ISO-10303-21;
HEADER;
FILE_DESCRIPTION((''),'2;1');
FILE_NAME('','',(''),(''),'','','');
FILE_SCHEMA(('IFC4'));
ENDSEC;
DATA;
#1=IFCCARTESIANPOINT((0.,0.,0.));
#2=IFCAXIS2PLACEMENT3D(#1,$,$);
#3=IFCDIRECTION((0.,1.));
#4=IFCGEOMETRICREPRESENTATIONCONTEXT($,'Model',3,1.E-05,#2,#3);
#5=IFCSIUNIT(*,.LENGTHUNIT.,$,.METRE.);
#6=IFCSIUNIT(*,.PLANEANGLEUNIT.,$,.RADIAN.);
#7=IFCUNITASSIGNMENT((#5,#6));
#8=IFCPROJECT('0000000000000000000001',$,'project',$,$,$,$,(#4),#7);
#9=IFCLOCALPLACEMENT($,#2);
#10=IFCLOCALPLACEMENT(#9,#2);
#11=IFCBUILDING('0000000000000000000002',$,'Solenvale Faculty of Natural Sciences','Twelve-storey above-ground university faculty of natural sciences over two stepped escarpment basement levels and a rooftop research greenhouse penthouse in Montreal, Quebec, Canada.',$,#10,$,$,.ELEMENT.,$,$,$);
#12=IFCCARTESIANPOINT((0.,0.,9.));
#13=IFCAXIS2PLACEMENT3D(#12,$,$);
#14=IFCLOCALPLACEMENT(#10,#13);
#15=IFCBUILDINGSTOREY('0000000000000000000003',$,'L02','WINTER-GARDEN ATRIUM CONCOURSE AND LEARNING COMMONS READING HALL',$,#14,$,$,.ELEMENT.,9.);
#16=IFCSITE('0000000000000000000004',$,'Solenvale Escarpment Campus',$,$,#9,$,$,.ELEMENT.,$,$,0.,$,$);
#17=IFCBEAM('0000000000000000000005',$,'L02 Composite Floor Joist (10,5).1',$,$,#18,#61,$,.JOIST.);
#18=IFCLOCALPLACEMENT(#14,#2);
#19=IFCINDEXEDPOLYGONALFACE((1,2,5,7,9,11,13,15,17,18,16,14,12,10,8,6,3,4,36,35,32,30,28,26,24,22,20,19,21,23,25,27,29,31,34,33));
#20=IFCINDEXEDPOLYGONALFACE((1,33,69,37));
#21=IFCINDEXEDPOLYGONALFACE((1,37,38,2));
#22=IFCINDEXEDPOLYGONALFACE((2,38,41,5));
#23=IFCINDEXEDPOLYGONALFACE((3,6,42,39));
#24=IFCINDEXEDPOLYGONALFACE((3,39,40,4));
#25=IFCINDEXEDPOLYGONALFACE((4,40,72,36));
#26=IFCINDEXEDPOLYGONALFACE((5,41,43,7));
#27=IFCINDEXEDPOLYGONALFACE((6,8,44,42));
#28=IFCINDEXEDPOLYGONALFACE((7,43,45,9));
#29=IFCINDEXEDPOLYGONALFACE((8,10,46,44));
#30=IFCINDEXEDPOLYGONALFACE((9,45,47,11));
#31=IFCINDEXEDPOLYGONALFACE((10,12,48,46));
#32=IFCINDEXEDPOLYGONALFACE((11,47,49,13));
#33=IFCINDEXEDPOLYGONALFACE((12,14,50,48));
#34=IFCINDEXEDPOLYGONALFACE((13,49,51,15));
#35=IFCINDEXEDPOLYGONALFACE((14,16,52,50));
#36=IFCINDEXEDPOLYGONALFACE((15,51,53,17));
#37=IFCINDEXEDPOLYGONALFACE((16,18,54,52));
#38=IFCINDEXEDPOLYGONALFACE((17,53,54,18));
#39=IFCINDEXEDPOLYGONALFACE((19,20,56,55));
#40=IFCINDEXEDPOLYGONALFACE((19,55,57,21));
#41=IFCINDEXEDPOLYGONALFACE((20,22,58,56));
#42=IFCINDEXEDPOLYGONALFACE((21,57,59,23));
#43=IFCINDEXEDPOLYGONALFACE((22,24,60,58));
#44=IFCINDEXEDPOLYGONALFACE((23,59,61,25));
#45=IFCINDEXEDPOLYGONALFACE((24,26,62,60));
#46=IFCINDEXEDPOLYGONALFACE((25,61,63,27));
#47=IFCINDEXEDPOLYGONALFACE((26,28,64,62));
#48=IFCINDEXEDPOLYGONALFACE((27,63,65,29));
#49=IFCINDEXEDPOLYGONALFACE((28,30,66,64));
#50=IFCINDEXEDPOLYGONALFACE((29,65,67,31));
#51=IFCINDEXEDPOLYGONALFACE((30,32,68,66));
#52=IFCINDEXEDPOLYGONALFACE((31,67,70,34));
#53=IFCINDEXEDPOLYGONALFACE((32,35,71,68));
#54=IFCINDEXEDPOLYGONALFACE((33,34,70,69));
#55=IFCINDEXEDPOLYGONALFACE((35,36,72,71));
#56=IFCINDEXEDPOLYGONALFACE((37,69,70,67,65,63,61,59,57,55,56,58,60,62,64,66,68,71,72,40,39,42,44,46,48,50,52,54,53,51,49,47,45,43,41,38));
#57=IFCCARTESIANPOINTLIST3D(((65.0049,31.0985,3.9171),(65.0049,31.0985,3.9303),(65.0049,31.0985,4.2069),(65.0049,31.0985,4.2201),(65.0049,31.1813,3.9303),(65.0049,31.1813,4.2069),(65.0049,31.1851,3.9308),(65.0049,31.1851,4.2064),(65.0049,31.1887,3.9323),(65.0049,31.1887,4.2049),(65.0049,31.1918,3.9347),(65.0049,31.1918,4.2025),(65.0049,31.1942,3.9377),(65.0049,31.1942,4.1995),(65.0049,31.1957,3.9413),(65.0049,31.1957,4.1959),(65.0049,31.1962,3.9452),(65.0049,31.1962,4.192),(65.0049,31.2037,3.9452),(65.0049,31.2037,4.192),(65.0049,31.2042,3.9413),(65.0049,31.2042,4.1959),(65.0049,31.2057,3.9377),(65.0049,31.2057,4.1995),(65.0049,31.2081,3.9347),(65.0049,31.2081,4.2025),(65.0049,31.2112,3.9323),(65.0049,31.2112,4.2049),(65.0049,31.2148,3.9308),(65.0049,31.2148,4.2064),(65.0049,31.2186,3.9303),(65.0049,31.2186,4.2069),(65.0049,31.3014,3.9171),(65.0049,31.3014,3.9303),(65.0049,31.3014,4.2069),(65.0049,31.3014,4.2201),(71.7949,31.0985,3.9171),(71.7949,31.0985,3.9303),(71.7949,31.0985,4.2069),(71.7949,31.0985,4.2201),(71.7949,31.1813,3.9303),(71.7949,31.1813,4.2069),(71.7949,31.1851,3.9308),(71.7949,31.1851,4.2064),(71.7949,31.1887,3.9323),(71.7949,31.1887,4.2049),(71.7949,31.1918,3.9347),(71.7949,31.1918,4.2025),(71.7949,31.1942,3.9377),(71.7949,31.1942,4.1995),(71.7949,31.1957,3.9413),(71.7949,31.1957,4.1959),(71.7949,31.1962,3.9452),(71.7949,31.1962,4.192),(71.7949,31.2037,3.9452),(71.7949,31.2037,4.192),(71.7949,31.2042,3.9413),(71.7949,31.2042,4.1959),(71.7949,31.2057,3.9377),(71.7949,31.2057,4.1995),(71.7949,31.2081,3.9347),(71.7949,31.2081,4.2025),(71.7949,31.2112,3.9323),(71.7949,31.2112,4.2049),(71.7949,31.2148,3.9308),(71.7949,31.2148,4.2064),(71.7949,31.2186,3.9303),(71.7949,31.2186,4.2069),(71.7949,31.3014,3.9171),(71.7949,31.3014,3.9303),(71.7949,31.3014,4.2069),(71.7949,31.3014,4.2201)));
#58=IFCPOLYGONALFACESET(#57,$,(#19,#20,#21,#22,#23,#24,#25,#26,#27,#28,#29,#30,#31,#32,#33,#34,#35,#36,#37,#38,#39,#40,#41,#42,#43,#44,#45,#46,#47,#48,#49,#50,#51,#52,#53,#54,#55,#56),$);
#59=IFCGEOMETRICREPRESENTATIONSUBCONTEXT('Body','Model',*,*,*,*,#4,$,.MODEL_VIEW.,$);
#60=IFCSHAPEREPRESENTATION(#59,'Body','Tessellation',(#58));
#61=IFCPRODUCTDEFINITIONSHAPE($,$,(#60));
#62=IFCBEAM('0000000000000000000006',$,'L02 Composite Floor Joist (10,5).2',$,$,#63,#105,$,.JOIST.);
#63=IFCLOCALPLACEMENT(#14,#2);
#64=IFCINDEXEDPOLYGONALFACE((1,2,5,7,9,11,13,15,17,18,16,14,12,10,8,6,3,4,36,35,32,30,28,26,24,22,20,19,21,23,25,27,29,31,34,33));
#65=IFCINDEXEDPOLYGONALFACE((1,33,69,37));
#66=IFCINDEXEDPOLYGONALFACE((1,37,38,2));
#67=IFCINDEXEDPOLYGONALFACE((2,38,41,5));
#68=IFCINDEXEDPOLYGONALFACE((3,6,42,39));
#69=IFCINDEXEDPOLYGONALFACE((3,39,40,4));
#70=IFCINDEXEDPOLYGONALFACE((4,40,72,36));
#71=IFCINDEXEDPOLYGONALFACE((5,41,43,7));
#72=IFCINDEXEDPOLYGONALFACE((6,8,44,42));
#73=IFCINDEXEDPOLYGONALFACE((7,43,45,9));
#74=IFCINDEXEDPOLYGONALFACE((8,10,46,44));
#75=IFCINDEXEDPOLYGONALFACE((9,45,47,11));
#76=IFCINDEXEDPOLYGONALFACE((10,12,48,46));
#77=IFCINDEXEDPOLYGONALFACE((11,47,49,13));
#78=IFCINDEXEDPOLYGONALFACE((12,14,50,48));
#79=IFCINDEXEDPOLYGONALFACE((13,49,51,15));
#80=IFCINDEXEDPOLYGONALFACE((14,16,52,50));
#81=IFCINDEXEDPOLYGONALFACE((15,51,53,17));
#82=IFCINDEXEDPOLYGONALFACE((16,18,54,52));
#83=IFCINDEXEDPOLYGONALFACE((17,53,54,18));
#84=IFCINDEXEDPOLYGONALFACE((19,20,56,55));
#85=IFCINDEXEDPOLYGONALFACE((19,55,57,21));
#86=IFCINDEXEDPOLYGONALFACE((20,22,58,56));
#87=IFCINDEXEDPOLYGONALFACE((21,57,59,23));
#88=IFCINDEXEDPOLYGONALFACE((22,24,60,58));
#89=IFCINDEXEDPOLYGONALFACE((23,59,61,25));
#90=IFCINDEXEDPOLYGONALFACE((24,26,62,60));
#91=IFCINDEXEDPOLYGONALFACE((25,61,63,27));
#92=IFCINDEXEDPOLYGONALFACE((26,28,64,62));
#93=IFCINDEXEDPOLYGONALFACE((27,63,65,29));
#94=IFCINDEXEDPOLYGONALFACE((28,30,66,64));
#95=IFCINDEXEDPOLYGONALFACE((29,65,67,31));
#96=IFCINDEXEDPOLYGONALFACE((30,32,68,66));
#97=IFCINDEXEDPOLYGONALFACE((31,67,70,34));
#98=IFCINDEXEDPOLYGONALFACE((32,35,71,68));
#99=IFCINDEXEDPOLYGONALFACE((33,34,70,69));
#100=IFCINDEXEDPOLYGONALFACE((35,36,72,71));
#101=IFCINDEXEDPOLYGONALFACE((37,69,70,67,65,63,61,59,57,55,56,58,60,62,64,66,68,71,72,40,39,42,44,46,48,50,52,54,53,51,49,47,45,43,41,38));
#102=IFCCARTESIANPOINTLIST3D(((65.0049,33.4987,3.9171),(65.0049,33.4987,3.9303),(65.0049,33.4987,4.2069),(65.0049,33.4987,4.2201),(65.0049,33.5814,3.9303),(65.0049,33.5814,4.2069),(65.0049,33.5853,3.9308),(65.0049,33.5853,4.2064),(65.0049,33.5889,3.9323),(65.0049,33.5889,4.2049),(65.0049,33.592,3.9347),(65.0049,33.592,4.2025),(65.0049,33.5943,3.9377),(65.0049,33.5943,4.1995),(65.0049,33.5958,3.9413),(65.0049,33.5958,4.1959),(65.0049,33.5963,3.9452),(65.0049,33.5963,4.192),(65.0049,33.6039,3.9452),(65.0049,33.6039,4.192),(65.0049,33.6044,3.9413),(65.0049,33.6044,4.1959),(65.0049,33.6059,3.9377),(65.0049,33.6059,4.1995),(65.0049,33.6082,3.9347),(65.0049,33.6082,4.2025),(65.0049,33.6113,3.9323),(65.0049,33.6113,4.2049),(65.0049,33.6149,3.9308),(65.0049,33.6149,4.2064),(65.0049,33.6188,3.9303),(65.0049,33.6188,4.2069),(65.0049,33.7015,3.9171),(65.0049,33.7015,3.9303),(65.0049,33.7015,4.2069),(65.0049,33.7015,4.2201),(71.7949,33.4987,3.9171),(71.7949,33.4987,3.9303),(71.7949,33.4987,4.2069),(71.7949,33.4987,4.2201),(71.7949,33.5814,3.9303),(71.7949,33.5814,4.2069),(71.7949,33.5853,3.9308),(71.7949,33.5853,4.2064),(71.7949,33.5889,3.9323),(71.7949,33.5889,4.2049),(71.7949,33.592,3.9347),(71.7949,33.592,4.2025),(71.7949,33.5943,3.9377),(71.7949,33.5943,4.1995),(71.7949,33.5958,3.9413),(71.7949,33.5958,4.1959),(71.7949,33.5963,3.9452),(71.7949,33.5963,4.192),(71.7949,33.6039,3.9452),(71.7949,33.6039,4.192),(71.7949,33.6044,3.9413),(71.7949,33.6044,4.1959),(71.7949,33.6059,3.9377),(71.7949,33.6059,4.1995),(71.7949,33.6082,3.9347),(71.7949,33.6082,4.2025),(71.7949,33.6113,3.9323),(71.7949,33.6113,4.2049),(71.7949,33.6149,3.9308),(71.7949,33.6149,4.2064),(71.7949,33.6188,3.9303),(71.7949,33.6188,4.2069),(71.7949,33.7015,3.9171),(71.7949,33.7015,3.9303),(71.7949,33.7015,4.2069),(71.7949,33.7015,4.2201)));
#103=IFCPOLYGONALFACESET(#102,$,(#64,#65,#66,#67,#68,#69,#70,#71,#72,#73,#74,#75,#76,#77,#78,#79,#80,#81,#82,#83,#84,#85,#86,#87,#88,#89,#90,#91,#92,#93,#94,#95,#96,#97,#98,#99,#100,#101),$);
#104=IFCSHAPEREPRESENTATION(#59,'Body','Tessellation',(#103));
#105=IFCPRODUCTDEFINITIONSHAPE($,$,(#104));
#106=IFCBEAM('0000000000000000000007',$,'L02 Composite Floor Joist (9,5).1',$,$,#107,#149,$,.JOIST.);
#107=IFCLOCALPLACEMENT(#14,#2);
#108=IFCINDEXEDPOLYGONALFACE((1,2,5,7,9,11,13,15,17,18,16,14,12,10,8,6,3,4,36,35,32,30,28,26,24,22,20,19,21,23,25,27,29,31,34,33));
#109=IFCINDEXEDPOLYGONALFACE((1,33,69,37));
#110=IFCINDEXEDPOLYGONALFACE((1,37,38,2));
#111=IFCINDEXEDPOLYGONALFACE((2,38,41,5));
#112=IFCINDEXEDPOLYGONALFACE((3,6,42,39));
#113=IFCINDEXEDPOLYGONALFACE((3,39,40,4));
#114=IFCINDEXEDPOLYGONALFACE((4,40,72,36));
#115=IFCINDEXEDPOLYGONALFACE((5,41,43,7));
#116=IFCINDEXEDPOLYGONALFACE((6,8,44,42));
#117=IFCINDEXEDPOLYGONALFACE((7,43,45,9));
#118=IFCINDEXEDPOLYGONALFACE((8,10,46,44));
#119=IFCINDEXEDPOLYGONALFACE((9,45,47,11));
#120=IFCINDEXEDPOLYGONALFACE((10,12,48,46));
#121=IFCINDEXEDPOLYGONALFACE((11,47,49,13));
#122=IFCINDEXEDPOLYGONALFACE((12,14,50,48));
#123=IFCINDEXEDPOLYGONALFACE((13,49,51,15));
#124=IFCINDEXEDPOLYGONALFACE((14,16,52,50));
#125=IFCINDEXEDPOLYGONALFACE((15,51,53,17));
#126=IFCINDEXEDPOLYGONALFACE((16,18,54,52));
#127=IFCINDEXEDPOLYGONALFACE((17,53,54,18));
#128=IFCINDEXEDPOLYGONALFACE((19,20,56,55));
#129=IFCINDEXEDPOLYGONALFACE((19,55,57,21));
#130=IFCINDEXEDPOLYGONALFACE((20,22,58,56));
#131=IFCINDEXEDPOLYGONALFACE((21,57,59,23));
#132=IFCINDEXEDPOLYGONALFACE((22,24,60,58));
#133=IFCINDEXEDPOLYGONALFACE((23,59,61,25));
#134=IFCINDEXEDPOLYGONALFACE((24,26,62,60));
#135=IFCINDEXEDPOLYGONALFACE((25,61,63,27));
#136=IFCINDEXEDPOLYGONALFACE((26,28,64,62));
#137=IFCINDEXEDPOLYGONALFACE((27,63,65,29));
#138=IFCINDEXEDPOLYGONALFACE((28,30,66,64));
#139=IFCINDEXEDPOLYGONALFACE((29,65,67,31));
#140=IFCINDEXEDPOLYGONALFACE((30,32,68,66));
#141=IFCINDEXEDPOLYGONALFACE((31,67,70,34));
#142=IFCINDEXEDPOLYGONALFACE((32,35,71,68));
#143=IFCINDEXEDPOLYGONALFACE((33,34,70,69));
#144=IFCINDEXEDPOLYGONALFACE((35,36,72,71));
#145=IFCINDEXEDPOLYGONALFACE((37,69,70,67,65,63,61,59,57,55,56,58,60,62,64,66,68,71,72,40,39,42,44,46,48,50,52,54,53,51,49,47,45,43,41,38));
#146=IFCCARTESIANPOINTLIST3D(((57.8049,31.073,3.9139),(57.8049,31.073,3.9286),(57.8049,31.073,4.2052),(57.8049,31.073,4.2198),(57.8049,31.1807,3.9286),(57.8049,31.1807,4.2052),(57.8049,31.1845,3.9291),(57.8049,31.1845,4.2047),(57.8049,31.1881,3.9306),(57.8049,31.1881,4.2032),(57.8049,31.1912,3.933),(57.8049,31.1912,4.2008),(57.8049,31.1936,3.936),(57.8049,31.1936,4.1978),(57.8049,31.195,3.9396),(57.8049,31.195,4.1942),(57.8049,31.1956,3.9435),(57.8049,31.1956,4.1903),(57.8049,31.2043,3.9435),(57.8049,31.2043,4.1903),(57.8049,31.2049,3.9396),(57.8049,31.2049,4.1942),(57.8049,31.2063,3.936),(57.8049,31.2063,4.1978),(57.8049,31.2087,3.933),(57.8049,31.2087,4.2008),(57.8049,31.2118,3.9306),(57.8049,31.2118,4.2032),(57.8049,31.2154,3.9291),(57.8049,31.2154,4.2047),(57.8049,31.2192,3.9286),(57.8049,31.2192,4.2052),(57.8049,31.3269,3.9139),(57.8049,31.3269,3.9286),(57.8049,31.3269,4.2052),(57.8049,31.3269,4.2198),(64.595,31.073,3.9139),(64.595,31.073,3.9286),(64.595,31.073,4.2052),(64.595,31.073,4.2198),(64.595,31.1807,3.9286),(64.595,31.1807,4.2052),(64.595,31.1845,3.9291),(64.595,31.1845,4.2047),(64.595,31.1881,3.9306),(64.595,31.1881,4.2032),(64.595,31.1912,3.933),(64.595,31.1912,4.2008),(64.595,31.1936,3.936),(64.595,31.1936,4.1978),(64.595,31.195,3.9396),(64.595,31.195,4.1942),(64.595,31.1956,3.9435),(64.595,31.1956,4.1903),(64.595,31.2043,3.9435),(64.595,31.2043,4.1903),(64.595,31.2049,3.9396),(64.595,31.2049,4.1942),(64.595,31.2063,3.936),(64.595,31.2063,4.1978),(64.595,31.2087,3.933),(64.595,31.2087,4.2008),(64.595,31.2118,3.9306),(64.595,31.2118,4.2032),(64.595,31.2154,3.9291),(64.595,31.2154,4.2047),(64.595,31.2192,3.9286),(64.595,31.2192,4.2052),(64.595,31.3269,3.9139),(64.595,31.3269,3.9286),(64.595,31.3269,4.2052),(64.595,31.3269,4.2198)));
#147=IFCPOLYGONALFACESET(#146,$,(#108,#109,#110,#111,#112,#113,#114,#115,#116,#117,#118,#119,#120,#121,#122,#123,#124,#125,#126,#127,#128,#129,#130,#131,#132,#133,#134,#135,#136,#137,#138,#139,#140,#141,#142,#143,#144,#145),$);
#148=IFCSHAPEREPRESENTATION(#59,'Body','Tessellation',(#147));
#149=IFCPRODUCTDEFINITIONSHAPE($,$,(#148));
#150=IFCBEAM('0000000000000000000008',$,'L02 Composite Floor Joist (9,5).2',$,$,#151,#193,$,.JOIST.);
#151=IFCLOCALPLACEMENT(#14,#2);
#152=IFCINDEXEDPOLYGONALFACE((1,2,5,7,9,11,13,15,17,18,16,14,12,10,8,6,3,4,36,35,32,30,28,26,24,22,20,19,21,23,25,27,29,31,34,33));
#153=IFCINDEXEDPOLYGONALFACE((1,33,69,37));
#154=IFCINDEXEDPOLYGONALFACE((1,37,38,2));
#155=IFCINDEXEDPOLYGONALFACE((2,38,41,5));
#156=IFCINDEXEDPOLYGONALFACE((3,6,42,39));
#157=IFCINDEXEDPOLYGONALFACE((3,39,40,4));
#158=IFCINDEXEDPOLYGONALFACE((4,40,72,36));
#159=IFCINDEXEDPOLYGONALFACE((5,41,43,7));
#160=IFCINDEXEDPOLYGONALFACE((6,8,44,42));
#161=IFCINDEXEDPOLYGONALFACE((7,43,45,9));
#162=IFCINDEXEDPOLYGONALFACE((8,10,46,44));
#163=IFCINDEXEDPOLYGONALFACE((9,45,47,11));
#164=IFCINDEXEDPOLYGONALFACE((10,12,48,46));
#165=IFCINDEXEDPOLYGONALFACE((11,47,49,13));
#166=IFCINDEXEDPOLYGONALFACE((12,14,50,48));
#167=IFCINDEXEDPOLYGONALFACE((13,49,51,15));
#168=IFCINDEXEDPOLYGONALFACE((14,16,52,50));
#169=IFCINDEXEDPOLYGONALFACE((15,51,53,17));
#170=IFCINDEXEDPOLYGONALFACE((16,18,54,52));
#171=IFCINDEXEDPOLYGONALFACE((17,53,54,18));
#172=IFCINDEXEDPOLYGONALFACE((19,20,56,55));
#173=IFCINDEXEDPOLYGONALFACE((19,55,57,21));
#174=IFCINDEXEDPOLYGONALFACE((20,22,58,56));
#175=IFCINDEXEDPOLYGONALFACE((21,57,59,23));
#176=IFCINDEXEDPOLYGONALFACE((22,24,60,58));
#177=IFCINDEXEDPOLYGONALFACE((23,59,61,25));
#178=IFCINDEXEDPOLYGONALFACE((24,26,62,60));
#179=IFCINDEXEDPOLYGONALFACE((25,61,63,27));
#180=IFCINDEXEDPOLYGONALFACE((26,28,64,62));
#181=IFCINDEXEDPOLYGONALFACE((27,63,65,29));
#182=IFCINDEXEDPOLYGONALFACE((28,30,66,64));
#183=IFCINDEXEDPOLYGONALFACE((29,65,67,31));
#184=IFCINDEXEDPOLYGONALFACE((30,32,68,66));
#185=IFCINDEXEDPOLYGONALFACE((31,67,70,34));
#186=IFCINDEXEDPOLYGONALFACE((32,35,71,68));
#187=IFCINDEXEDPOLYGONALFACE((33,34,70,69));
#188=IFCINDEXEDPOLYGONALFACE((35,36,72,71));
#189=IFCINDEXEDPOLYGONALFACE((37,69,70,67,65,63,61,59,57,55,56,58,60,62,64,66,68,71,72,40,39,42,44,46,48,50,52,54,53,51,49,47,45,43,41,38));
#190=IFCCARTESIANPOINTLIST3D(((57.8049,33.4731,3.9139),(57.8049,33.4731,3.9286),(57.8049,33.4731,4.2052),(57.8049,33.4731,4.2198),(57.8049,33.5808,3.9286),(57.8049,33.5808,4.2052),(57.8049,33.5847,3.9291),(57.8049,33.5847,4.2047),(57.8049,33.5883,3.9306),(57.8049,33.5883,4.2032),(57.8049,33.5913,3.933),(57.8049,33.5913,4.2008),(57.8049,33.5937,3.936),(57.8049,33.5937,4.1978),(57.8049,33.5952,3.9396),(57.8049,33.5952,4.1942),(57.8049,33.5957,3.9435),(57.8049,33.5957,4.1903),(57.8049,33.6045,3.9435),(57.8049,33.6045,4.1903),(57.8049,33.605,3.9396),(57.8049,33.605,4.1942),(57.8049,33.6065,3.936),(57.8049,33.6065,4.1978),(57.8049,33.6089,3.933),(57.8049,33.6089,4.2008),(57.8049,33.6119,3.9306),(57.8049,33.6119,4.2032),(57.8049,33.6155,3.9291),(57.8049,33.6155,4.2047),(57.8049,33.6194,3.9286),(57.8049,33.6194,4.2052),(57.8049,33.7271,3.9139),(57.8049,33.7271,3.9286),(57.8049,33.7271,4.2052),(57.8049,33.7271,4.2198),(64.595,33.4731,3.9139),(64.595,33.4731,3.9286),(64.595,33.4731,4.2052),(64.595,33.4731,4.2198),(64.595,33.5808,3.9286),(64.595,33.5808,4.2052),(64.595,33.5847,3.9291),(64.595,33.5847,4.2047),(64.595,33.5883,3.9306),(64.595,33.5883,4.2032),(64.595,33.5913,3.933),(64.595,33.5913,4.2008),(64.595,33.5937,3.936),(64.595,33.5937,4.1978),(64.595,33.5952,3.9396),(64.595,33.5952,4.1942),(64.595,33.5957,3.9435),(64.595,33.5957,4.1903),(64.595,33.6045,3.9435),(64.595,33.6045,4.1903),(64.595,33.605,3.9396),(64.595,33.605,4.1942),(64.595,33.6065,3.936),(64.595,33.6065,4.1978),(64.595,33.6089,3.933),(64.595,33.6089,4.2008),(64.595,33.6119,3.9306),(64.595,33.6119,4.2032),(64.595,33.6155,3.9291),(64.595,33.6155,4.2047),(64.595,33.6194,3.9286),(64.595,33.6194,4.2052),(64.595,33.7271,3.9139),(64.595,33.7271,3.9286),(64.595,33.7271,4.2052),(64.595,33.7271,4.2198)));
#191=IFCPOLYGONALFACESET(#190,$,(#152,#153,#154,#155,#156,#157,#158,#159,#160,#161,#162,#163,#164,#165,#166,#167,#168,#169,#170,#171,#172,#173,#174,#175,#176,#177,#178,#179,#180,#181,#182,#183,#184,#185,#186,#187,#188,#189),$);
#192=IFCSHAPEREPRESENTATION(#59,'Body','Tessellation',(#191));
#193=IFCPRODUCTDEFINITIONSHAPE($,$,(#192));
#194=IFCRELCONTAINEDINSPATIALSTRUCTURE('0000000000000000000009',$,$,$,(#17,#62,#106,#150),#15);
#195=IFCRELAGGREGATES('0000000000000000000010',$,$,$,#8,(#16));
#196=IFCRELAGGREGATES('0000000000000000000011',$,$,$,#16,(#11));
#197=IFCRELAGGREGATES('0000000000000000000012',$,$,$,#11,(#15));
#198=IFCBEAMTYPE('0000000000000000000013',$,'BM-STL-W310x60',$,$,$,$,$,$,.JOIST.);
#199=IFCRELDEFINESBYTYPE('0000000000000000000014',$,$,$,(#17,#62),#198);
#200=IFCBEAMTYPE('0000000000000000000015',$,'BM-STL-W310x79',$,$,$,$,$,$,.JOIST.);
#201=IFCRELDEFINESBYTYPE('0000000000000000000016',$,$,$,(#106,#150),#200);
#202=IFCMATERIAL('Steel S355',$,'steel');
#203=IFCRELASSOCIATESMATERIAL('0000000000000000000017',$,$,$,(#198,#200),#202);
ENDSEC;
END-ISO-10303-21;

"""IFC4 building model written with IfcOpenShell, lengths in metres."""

from ifc_helpers import new_model, si_unit, direction, frame, origin, origin_2d, place, context, subcontext, project, spatial, i_section, extrude, material, material_profile, profile_set, type_object, element, save


model = new_model("IFC4")

# Units and contexts
model_context = context("Model", 3, precision=1e-05, world=origin(), true_north=direction((0.0, 1.0)))
body_context = subcontext(model_context, "Body", "Model", "MODEL_VIEW")
ifc_project = project(units=[si_unit("LENGTHUNIT", "METRE"), si_unit("PLANEANGLEUNIT", "RADIAN")], contexts=[model_context])

# Site, building, storey
site_placement = place(None, origin())
site = spatial("IfcSite", under=ifc_project, at=site_placement, Name="Solenvale Escarpment Campus", CompositionType="ELEMENT", RefElevation=0.0)
building_placement = place(site_placement, origin())
building = spatial("IfcBuilding", under=site, at=building_placement, Name="Solenvale Faculty of Natural Sciences", Description="Twelve-storey above-ground university faculty of natural sciences over two stepped escarpment basement levels and a rooftop research greenhouse penthouse in Montreal, Quebec, Canada.", CompositionType="ELEMENT")
storey_placement = place(building_placement, frame((0.0, 0.0, 9.0)))
storey = spatial("IfcBuildingStorey", under=building, at=storey_placement, Name="L02", Description="WINTER-GARDEN ATRIUM CONCOURSE AND LEARNING COMMONS READING HALL", CompositionType="ELEMENT", Elevation=9.0)

# Beams
ifc_material_1 = material(Name="Steel S355", Category="steel")
ifc_material_profile_1 = material_profile(ifc_material_1, i_section(OverallWidth=0.2029, OverallDepth=0.303, WebThickness=0.0076, FlangeThickness=0.0132, FilletRadius=0.0149, at=origin_2d()), Name="W310x60")
ifc_profile_set_1 = profile_set([ifc_material_profile_1], Name="Steel S355")
beam_type_1 = type_object("IfcBeamType", Name="BM-STL-W310x60", PredefinedType="JOIST", material=ifc_profile_set_1)
for number, where, z_axis, x_axis, name in (
    (1, (65.0049, 31.2, 4.0686), (1.0, 0.0, 0.0), (0.0, 1.0, 0.0), "L02 Composite Floor Joist (10,5).1"),
    (2, (65.0049, 33.6001, 4.0686), (1.0, 0.0, 0.0), (0.0, 1.0, 0.0), "L02 Composite Floor Joist (10,5).2"),
):
    element("IfcBeam", number, at=place(storey_placement, frame(where, z_axis=z_axis, x_axis=x_axis)), inside=storey, type_object=beam_type_1, Name=name, PredefinedType="JOIST", context=body_context, shape_type="SweptSolid", body=[
        extrude(i_section(OverallWidth=0.2029, OverallDepth=0.303, WebThickness=0.0076, FlangeThickness=0.0132, FilletRadius=0.0149, at=origin_2d()), origin(), (0.0, 0.0, 1.0), 6.79),
    ])
ifc_material_profile_2 = material_profile(ifc_material_1, i_section(OverallWidth=0.2539, OverallDepth=0.3059, WebThickness=0.0088, FlangeThickness=0.0146, FilletRadius=0.0149, at=origin_2d()), Name="W310x79")
ifc_profile_set_2 = profile_set([ifc_material_profile_2], Name="Steel S355")
beam_type_2 = type_object("IfcBeamType", Name="BM-STL-W310x79", PredefinedType="JOIST", material=ifc_profile_set_2)
for number, where, z_axis, x_axis, name in (
    (3, (57.8049, 31.2, 4.0669), (1.0, 0.0, 0.0), (0.0, 1.0, 0.0), "L02 Composite Floor Joist (9,5).1"),
    (4, (57.8049, 33.6001, 4.0669), (1.0, 0.0, 0.0), (0.0, 1.0, 0.0), "L02 Composite Floor Joist (9,5).2"),
):
    element("IfcBeam", number, at=place(storey_placement, frame(where, z_axis=z_axis, x_axis=x_axis)), inside=storey, type_object=beam_type_2, Name=name, PredefinedType="JOIST", context=body_context, shape_type="SweptSolid", body=[
        extrude(i_section(OverallWidth=0.2539, OverallDepth=0.3059, WebThickness=0.0088, FlangeThickness=0.0146, FilletRadius=0.0149, at=origin_2d()), origin(), (0.0, 0.0, 1.0), 6.79),
    ])

save(model, "model.ifc")
